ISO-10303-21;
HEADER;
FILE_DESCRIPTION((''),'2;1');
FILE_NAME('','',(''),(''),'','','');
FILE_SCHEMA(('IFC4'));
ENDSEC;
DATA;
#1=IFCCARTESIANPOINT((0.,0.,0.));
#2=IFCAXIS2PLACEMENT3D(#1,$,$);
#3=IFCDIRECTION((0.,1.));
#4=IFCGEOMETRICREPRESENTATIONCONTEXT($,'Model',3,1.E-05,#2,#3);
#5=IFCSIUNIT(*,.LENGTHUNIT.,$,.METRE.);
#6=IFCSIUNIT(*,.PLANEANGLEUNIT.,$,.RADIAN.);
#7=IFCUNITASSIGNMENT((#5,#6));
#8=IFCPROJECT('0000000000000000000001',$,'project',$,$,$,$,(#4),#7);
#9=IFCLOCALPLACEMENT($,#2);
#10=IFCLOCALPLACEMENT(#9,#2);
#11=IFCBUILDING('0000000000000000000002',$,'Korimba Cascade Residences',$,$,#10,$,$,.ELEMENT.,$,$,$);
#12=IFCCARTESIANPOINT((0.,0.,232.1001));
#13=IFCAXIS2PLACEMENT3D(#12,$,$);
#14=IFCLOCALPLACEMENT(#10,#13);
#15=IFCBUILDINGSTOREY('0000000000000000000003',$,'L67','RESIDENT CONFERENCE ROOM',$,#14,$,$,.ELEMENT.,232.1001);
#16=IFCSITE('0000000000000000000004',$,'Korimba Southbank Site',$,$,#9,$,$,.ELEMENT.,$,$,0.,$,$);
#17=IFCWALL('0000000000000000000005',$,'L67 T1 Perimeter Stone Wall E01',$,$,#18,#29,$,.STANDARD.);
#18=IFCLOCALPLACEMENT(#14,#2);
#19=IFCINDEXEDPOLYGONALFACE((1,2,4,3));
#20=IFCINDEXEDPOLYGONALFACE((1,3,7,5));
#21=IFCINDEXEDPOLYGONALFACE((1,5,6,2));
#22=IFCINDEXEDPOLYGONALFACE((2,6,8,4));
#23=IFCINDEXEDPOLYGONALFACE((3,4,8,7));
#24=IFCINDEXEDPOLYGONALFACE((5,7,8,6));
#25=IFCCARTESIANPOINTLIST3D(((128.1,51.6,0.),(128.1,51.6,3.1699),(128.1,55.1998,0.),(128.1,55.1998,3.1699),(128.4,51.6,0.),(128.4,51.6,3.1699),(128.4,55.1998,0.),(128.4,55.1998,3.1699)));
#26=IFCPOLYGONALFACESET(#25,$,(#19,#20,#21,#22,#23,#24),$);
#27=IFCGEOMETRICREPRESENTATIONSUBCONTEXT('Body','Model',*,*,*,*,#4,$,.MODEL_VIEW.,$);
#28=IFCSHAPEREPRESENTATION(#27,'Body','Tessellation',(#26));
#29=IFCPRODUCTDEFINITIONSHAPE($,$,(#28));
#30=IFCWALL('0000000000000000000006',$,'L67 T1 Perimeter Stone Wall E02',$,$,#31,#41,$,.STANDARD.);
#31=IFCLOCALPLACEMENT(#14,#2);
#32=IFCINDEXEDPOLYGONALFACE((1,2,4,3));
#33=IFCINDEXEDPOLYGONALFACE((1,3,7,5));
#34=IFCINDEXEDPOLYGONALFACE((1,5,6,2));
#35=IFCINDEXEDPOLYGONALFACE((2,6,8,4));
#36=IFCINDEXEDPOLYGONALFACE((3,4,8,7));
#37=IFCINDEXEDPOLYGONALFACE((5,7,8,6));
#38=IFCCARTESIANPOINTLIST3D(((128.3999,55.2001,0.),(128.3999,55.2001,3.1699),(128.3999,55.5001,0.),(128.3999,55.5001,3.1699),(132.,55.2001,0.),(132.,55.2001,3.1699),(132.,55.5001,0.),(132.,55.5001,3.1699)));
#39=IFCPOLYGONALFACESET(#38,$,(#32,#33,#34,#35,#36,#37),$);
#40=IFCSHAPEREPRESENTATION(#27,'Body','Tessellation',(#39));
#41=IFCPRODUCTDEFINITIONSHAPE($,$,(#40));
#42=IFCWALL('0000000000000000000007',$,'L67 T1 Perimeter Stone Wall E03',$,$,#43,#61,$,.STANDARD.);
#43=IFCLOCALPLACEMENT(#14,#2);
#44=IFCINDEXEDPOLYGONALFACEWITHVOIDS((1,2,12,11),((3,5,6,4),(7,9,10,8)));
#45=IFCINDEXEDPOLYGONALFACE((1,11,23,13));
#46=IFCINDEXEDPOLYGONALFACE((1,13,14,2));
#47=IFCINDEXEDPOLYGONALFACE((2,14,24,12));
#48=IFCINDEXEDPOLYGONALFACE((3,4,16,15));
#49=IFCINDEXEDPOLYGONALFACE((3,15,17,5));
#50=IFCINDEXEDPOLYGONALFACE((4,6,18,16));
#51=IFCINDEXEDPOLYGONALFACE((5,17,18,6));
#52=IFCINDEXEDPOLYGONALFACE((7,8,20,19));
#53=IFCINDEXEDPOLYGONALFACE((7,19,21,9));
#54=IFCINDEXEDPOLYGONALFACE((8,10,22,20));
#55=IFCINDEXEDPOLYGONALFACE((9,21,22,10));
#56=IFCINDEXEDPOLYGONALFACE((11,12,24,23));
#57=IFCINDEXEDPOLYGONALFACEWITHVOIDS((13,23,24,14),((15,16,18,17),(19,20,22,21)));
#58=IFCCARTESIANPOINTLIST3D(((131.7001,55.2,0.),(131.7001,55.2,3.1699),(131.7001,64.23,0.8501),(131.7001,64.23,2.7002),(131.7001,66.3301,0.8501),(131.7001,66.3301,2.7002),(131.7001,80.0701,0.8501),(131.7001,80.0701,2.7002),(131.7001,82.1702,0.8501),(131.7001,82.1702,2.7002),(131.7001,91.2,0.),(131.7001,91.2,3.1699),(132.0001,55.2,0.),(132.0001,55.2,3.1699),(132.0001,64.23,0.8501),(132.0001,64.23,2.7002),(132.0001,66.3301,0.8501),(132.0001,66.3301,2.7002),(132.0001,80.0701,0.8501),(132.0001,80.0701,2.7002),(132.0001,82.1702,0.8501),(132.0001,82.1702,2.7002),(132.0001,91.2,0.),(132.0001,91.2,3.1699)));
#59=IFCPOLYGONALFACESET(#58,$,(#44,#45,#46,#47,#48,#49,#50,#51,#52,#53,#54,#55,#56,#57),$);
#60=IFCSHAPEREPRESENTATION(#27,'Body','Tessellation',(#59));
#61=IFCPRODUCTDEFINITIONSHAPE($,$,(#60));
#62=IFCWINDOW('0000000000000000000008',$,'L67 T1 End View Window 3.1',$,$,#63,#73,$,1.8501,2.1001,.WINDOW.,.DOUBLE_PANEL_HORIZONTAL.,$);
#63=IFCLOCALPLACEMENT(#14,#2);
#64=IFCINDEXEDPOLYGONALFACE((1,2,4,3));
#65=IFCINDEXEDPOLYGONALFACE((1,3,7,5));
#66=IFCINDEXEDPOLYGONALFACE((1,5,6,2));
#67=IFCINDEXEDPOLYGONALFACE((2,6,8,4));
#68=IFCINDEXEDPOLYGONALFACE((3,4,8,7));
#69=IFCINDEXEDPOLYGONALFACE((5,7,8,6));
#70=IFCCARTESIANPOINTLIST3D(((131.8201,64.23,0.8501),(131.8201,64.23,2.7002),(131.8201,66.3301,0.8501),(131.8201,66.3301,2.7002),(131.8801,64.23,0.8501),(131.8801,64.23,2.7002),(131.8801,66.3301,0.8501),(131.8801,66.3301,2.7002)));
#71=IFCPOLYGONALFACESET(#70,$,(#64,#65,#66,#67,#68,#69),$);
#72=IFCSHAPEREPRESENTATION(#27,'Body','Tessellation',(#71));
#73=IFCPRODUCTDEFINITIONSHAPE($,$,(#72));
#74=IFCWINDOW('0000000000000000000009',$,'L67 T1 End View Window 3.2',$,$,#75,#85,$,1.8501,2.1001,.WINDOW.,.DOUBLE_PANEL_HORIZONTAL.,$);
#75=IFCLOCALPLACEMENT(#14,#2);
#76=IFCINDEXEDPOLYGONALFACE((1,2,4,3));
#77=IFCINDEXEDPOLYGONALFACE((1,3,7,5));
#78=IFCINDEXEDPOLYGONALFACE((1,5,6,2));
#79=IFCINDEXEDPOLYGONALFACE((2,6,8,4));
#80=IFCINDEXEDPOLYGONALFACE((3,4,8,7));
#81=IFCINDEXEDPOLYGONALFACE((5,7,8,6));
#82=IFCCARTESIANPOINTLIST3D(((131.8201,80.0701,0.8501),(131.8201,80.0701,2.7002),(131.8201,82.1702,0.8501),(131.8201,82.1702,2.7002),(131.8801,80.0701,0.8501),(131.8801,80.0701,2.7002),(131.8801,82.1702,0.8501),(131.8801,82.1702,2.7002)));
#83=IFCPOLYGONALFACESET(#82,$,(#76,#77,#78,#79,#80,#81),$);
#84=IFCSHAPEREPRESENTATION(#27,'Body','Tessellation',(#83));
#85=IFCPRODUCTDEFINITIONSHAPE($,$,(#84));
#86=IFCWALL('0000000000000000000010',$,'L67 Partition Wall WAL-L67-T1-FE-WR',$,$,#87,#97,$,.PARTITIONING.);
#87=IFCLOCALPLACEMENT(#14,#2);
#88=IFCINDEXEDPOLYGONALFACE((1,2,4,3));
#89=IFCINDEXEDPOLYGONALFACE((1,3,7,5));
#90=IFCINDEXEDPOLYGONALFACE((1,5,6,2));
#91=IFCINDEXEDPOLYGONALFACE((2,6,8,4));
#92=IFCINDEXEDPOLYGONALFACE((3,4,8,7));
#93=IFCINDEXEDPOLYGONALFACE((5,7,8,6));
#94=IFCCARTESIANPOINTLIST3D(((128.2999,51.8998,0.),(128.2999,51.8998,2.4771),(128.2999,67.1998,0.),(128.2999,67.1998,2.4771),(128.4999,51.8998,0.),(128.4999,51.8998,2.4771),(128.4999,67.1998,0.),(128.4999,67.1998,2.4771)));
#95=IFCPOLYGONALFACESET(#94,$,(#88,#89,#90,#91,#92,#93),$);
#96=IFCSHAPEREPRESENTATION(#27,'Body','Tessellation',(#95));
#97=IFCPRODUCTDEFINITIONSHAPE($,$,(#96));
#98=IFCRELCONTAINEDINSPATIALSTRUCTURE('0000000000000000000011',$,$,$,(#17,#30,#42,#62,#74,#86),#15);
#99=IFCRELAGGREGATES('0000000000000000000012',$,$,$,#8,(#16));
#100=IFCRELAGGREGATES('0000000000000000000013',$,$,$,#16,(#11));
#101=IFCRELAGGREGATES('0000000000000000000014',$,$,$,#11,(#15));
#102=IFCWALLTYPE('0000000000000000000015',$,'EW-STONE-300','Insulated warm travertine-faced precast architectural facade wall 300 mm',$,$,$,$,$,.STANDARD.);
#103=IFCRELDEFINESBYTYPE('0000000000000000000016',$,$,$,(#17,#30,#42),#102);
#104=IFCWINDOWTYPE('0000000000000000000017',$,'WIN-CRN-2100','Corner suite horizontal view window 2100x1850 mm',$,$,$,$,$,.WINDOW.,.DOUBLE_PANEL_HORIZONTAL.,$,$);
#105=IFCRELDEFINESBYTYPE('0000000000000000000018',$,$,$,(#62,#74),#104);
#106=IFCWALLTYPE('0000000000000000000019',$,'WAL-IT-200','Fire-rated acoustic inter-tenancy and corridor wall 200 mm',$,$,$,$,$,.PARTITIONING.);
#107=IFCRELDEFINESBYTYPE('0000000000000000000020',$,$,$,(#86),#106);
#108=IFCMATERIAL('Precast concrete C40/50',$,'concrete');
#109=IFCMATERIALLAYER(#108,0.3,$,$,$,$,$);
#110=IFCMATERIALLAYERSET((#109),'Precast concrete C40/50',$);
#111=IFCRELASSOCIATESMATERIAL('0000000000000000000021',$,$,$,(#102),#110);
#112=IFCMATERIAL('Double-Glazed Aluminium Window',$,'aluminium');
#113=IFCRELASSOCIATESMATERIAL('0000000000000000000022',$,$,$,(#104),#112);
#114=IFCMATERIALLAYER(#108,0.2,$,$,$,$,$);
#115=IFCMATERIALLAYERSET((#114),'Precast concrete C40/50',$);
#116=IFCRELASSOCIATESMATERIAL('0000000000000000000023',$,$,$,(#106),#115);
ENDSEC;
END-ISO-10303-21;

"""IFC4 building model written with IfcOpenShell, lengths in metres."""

from ifc_helpers import new_model, si_unit, direction, frame, frame_2d, origin, place, context, subcontext, project, spatial, rectangle, extrude, material, layer, layer_set, type_object, element, fill, save


model = new_model("IFC4")

# Units and contexts
model_context = context("Model", 3, precision=1e-05, world=origin(), true_north=direction((0.0, 1.0)))
body_context = subcontext(model_context, "Body", "Model", "MODEL_VIEW")
ifc_project = project(units=[si_unit("LENGTHUNIT", "METRE"), si_unit("PLANEANGLEUNIT", "RADIAN")], contexts=[model_context])

# Site, building, storey
site_placement = place(None, origin())
site = spatial("IfcSite", under=ifc_project, at=site_placement, Name="Korimba Southbank Site", CompositionType="ELEMENT", RefElevation=0.0)
building_placement = place(site_placement, origin())
building = spatial("IfcBuilding", under=site, at=building_placement, Name="Korimba Cascade Residences", CompositionType="ELEMENT")
storey_placement = place(building_placement, frame((0.0, 0.0, 232.1001)))
storey = spatial("IfcBuildingStorey", under=building, at=storey_placement, Name="L67", Description="RESIDENT CONFERENCE ROOM", CompositionType="ELEMENT", Elevation=232.1001)

# Walls
ifc_material_1 = material(Name="Precast concrete C40/50", Category="concrete")
ifc_layer_1 = layer(ifc_material_1, 0.3)
ifc_layer_set_1 = layer_set([ifc_layer_1], Name="Precast concrete C40/50")
wall_type_1 = type_object("IfcWallType", Name="EW-STONE-300", Description="Insulated warm travertine-faced precast architectural facade wall 300 mm", PredefinedType="STANDARD", material=ifc_layer_set_1)
wall_1_placement = place(storey_placement, frame((128.25, 51.6001, 0.0), z_axis=(0.0, 0.0, 1.0), x_axis=(0.0, 1.0, 0.0)))
element("IfcWall", 1, at=wall_1_placement, inside=storey, type_object=wall_type_1, Name="L67 T1 Perimeter Stone Wall E01", PredefinedType="STANDARD", context=body_context, shape_type="SweptSolid", body=[
    extrude(rectangle(XDim=3.5999, YDim=0.3, at=frame_2d((1.7998, 0.0))), origin(), (0.0, 0.0, 1.0), 3.1699),
])
wall_2_placement = place(storey_placement, frame((128.3999, 55.3501, 0.0), z_axis=(0.0, 0.0, 1.0), x_axis=(1.0, 0.0, 0.0)))
element("IfcWall", 2, at=wall_2_placement, inside=storey, type_object=wall_type_1, Name="L67 T1 Perimeter Stone Wall E02", PredefinedType="STANDARD", context=body_context, shape_type="SweptSolid", body=[
    extrude(rectangle(XDim=3.6001, YDim=0.3, at=frame_2d((1.8, 0.0))), origin(), (0.0, 0.0, 1.0), 3.1699),
])

# Wall, openings, windows
wall_3_placement = place(storey_placement, frame((131.8501, 55.2, 0.0), z_axis=(0.0, 0.0, 1.0), x_axis=(0.0, 1.0, 0.0)))
wall_3 = element("IfcWall", 3, at=wall_3_placement, inside=storey, type_object=wall_type_1, Name="L67 T1 Perimeter Stone Wall E03", PredefinedType="STANDARD", context=body_context, shape_type="SweptSolid", body=[
    extrude(rectangle(XDim=36.0, YDim=0.3, at=frame_2d((18.0, 0.0))), origin(), (0.0, 0.0, 1.0), 3.1699),
])
opening_1_placement = place(wall_3_placement, frame((9.03, 0.0, 0.8501)))
opening_1 = element("IfcOpeningElement", 4, at=opening_1_placement, cuts=wall_3, PredefinedType="OPENING", context=body_context, shape_type="SweptSolid", body=[
    extrude(rectangle(XDim=2.1001, YDim=1.8501, at=frame_2d((1.05, 0.925))), frame((0.0, 0.1602, 0.0), z_axis=(0.0, -1.0, 0.0), x_axis=(1.0, 0.0, 0.0)), (0.0, 0.0, 1.0), 0.3201),
])
opening_2_placement = place(wall_3_placement, frame((24.8701, 0.0, 0.8501)))
opening_2 = element("IfcOpeningElement", 5, at=opening_2_placement, cuts=wall_3, PredefinedType="OPENING", context=body_context, shape_type="SweptSolid", body=[
    extrude(rectangle(XDim=2.1001, YDim=1.8501, at=frame_2d((1.05, 0.925))), frame((0.0, 0.1602, 0.0), z_axis=(0.0, -1.0, 0.0), x_axis=(1.0, 0.0, 0.0)), (0.0, 0.0, 1.0), 0.3201),
])
ifc_material_2 = material(Name="Double-Glazed Aluminium Window", Category="aluminium")
window_type = type_object("IfcWindowType", Name="WIN-CRN-2100", Description="Corner suite horizontal view window 2100x1850 mm", PartitioningType="DOUBLE_PANEL_HORIZONTAL", PredefinedType="WINDOW", material=ifc_material_2)
window_1_placement = place(opening_1_placement, origin())
window_1 = element("IfcWindow", 6, at=window_1_placement, inside=storey, type_object=window_type, Name="L67 T1 End View Window 3.1", OverallHeight=1.8501, OverallWidth=2.1001, PartitioningType="DOUBLE_PANEL_HORIZONTAL", PredefinedType="WINDOW", context=body_context, shape_type="SweptSolid", body=[
    extrude(rectangle(XDim=2.1001, YDim=1.8501, at=frame_2d((1.05, 0.925))), frame((0.0, 0.03, 0.0), z_axis=(0.0, -1.0, 0.0), x_axis=(1.0, 0.0, 0.0)), (0.0, 0.0, 1.0), 0.0601),
])
fill(opening_1, window_1)
window_2_placement = place(opening_2_placement, origin())
window_2 = element("IfcWindow", 7, at=window_2_placement, inside=storey, type_object=window_type, Name="L67 T1 End View Window 3.2", OverallHeight=1.8501, OverallWidth=2.1001, PartitioningType="DOUBLE_PANEL_HORIZONTAL", PredefinedType="WINDOW", context=body_context, shape_type="SweptSolid", body=[
    extrude(rectangle(XDim=2.1001, YDim=1.8501, at=frame_2d((1.05, 0.925))), frame((0.0, 0.03, 0.0), z_axis=(0.0, -1.0, 0.0), x_axis=(1.0, 0.0, 0.0)), (0.0, 0.0, 1.0), 0.0601),
])
fill(opening_2, window_2)

# Wall
ifc_layer_2 = layer(ifc_material_1, 0.2)
ifc_layer_set_2 = layer_set([ifc_layer_2], Name="Precast concrete C40/50")
wall_type_2 = type_object("IfcWallType", Name="WAL-IT-200", Description="Fire-rated acoustic inter-tenancy and corridor wall 200 mm", PredefinedType="PARTITIONING", material=ifc_layer_set_2)
wall_4_placement = place(storey_placement, frame((128.3999, 51.8999, 0.0), z_axis=(0.0, 0.0, 1.0), x_axis=(0.0, 1.0, 0.0)))
element("IfcWall", 8, at=wall_4_placement, inside=storey, type_object=wall_type_2, Name="L67 Partition Wall WAL-L67-T1-FE-WR", PredefinedType="PARTITIONING", context=body_context, shape_type="SweptSolid", body=[
    extrude(rectangle(XDim=15.3, YDim=0.2, at=frame_2d((7.6499, 0.0))), origin(), (0.0, 0.0, 1.0), 2.4771),
])

save(model, "model.ifc")
